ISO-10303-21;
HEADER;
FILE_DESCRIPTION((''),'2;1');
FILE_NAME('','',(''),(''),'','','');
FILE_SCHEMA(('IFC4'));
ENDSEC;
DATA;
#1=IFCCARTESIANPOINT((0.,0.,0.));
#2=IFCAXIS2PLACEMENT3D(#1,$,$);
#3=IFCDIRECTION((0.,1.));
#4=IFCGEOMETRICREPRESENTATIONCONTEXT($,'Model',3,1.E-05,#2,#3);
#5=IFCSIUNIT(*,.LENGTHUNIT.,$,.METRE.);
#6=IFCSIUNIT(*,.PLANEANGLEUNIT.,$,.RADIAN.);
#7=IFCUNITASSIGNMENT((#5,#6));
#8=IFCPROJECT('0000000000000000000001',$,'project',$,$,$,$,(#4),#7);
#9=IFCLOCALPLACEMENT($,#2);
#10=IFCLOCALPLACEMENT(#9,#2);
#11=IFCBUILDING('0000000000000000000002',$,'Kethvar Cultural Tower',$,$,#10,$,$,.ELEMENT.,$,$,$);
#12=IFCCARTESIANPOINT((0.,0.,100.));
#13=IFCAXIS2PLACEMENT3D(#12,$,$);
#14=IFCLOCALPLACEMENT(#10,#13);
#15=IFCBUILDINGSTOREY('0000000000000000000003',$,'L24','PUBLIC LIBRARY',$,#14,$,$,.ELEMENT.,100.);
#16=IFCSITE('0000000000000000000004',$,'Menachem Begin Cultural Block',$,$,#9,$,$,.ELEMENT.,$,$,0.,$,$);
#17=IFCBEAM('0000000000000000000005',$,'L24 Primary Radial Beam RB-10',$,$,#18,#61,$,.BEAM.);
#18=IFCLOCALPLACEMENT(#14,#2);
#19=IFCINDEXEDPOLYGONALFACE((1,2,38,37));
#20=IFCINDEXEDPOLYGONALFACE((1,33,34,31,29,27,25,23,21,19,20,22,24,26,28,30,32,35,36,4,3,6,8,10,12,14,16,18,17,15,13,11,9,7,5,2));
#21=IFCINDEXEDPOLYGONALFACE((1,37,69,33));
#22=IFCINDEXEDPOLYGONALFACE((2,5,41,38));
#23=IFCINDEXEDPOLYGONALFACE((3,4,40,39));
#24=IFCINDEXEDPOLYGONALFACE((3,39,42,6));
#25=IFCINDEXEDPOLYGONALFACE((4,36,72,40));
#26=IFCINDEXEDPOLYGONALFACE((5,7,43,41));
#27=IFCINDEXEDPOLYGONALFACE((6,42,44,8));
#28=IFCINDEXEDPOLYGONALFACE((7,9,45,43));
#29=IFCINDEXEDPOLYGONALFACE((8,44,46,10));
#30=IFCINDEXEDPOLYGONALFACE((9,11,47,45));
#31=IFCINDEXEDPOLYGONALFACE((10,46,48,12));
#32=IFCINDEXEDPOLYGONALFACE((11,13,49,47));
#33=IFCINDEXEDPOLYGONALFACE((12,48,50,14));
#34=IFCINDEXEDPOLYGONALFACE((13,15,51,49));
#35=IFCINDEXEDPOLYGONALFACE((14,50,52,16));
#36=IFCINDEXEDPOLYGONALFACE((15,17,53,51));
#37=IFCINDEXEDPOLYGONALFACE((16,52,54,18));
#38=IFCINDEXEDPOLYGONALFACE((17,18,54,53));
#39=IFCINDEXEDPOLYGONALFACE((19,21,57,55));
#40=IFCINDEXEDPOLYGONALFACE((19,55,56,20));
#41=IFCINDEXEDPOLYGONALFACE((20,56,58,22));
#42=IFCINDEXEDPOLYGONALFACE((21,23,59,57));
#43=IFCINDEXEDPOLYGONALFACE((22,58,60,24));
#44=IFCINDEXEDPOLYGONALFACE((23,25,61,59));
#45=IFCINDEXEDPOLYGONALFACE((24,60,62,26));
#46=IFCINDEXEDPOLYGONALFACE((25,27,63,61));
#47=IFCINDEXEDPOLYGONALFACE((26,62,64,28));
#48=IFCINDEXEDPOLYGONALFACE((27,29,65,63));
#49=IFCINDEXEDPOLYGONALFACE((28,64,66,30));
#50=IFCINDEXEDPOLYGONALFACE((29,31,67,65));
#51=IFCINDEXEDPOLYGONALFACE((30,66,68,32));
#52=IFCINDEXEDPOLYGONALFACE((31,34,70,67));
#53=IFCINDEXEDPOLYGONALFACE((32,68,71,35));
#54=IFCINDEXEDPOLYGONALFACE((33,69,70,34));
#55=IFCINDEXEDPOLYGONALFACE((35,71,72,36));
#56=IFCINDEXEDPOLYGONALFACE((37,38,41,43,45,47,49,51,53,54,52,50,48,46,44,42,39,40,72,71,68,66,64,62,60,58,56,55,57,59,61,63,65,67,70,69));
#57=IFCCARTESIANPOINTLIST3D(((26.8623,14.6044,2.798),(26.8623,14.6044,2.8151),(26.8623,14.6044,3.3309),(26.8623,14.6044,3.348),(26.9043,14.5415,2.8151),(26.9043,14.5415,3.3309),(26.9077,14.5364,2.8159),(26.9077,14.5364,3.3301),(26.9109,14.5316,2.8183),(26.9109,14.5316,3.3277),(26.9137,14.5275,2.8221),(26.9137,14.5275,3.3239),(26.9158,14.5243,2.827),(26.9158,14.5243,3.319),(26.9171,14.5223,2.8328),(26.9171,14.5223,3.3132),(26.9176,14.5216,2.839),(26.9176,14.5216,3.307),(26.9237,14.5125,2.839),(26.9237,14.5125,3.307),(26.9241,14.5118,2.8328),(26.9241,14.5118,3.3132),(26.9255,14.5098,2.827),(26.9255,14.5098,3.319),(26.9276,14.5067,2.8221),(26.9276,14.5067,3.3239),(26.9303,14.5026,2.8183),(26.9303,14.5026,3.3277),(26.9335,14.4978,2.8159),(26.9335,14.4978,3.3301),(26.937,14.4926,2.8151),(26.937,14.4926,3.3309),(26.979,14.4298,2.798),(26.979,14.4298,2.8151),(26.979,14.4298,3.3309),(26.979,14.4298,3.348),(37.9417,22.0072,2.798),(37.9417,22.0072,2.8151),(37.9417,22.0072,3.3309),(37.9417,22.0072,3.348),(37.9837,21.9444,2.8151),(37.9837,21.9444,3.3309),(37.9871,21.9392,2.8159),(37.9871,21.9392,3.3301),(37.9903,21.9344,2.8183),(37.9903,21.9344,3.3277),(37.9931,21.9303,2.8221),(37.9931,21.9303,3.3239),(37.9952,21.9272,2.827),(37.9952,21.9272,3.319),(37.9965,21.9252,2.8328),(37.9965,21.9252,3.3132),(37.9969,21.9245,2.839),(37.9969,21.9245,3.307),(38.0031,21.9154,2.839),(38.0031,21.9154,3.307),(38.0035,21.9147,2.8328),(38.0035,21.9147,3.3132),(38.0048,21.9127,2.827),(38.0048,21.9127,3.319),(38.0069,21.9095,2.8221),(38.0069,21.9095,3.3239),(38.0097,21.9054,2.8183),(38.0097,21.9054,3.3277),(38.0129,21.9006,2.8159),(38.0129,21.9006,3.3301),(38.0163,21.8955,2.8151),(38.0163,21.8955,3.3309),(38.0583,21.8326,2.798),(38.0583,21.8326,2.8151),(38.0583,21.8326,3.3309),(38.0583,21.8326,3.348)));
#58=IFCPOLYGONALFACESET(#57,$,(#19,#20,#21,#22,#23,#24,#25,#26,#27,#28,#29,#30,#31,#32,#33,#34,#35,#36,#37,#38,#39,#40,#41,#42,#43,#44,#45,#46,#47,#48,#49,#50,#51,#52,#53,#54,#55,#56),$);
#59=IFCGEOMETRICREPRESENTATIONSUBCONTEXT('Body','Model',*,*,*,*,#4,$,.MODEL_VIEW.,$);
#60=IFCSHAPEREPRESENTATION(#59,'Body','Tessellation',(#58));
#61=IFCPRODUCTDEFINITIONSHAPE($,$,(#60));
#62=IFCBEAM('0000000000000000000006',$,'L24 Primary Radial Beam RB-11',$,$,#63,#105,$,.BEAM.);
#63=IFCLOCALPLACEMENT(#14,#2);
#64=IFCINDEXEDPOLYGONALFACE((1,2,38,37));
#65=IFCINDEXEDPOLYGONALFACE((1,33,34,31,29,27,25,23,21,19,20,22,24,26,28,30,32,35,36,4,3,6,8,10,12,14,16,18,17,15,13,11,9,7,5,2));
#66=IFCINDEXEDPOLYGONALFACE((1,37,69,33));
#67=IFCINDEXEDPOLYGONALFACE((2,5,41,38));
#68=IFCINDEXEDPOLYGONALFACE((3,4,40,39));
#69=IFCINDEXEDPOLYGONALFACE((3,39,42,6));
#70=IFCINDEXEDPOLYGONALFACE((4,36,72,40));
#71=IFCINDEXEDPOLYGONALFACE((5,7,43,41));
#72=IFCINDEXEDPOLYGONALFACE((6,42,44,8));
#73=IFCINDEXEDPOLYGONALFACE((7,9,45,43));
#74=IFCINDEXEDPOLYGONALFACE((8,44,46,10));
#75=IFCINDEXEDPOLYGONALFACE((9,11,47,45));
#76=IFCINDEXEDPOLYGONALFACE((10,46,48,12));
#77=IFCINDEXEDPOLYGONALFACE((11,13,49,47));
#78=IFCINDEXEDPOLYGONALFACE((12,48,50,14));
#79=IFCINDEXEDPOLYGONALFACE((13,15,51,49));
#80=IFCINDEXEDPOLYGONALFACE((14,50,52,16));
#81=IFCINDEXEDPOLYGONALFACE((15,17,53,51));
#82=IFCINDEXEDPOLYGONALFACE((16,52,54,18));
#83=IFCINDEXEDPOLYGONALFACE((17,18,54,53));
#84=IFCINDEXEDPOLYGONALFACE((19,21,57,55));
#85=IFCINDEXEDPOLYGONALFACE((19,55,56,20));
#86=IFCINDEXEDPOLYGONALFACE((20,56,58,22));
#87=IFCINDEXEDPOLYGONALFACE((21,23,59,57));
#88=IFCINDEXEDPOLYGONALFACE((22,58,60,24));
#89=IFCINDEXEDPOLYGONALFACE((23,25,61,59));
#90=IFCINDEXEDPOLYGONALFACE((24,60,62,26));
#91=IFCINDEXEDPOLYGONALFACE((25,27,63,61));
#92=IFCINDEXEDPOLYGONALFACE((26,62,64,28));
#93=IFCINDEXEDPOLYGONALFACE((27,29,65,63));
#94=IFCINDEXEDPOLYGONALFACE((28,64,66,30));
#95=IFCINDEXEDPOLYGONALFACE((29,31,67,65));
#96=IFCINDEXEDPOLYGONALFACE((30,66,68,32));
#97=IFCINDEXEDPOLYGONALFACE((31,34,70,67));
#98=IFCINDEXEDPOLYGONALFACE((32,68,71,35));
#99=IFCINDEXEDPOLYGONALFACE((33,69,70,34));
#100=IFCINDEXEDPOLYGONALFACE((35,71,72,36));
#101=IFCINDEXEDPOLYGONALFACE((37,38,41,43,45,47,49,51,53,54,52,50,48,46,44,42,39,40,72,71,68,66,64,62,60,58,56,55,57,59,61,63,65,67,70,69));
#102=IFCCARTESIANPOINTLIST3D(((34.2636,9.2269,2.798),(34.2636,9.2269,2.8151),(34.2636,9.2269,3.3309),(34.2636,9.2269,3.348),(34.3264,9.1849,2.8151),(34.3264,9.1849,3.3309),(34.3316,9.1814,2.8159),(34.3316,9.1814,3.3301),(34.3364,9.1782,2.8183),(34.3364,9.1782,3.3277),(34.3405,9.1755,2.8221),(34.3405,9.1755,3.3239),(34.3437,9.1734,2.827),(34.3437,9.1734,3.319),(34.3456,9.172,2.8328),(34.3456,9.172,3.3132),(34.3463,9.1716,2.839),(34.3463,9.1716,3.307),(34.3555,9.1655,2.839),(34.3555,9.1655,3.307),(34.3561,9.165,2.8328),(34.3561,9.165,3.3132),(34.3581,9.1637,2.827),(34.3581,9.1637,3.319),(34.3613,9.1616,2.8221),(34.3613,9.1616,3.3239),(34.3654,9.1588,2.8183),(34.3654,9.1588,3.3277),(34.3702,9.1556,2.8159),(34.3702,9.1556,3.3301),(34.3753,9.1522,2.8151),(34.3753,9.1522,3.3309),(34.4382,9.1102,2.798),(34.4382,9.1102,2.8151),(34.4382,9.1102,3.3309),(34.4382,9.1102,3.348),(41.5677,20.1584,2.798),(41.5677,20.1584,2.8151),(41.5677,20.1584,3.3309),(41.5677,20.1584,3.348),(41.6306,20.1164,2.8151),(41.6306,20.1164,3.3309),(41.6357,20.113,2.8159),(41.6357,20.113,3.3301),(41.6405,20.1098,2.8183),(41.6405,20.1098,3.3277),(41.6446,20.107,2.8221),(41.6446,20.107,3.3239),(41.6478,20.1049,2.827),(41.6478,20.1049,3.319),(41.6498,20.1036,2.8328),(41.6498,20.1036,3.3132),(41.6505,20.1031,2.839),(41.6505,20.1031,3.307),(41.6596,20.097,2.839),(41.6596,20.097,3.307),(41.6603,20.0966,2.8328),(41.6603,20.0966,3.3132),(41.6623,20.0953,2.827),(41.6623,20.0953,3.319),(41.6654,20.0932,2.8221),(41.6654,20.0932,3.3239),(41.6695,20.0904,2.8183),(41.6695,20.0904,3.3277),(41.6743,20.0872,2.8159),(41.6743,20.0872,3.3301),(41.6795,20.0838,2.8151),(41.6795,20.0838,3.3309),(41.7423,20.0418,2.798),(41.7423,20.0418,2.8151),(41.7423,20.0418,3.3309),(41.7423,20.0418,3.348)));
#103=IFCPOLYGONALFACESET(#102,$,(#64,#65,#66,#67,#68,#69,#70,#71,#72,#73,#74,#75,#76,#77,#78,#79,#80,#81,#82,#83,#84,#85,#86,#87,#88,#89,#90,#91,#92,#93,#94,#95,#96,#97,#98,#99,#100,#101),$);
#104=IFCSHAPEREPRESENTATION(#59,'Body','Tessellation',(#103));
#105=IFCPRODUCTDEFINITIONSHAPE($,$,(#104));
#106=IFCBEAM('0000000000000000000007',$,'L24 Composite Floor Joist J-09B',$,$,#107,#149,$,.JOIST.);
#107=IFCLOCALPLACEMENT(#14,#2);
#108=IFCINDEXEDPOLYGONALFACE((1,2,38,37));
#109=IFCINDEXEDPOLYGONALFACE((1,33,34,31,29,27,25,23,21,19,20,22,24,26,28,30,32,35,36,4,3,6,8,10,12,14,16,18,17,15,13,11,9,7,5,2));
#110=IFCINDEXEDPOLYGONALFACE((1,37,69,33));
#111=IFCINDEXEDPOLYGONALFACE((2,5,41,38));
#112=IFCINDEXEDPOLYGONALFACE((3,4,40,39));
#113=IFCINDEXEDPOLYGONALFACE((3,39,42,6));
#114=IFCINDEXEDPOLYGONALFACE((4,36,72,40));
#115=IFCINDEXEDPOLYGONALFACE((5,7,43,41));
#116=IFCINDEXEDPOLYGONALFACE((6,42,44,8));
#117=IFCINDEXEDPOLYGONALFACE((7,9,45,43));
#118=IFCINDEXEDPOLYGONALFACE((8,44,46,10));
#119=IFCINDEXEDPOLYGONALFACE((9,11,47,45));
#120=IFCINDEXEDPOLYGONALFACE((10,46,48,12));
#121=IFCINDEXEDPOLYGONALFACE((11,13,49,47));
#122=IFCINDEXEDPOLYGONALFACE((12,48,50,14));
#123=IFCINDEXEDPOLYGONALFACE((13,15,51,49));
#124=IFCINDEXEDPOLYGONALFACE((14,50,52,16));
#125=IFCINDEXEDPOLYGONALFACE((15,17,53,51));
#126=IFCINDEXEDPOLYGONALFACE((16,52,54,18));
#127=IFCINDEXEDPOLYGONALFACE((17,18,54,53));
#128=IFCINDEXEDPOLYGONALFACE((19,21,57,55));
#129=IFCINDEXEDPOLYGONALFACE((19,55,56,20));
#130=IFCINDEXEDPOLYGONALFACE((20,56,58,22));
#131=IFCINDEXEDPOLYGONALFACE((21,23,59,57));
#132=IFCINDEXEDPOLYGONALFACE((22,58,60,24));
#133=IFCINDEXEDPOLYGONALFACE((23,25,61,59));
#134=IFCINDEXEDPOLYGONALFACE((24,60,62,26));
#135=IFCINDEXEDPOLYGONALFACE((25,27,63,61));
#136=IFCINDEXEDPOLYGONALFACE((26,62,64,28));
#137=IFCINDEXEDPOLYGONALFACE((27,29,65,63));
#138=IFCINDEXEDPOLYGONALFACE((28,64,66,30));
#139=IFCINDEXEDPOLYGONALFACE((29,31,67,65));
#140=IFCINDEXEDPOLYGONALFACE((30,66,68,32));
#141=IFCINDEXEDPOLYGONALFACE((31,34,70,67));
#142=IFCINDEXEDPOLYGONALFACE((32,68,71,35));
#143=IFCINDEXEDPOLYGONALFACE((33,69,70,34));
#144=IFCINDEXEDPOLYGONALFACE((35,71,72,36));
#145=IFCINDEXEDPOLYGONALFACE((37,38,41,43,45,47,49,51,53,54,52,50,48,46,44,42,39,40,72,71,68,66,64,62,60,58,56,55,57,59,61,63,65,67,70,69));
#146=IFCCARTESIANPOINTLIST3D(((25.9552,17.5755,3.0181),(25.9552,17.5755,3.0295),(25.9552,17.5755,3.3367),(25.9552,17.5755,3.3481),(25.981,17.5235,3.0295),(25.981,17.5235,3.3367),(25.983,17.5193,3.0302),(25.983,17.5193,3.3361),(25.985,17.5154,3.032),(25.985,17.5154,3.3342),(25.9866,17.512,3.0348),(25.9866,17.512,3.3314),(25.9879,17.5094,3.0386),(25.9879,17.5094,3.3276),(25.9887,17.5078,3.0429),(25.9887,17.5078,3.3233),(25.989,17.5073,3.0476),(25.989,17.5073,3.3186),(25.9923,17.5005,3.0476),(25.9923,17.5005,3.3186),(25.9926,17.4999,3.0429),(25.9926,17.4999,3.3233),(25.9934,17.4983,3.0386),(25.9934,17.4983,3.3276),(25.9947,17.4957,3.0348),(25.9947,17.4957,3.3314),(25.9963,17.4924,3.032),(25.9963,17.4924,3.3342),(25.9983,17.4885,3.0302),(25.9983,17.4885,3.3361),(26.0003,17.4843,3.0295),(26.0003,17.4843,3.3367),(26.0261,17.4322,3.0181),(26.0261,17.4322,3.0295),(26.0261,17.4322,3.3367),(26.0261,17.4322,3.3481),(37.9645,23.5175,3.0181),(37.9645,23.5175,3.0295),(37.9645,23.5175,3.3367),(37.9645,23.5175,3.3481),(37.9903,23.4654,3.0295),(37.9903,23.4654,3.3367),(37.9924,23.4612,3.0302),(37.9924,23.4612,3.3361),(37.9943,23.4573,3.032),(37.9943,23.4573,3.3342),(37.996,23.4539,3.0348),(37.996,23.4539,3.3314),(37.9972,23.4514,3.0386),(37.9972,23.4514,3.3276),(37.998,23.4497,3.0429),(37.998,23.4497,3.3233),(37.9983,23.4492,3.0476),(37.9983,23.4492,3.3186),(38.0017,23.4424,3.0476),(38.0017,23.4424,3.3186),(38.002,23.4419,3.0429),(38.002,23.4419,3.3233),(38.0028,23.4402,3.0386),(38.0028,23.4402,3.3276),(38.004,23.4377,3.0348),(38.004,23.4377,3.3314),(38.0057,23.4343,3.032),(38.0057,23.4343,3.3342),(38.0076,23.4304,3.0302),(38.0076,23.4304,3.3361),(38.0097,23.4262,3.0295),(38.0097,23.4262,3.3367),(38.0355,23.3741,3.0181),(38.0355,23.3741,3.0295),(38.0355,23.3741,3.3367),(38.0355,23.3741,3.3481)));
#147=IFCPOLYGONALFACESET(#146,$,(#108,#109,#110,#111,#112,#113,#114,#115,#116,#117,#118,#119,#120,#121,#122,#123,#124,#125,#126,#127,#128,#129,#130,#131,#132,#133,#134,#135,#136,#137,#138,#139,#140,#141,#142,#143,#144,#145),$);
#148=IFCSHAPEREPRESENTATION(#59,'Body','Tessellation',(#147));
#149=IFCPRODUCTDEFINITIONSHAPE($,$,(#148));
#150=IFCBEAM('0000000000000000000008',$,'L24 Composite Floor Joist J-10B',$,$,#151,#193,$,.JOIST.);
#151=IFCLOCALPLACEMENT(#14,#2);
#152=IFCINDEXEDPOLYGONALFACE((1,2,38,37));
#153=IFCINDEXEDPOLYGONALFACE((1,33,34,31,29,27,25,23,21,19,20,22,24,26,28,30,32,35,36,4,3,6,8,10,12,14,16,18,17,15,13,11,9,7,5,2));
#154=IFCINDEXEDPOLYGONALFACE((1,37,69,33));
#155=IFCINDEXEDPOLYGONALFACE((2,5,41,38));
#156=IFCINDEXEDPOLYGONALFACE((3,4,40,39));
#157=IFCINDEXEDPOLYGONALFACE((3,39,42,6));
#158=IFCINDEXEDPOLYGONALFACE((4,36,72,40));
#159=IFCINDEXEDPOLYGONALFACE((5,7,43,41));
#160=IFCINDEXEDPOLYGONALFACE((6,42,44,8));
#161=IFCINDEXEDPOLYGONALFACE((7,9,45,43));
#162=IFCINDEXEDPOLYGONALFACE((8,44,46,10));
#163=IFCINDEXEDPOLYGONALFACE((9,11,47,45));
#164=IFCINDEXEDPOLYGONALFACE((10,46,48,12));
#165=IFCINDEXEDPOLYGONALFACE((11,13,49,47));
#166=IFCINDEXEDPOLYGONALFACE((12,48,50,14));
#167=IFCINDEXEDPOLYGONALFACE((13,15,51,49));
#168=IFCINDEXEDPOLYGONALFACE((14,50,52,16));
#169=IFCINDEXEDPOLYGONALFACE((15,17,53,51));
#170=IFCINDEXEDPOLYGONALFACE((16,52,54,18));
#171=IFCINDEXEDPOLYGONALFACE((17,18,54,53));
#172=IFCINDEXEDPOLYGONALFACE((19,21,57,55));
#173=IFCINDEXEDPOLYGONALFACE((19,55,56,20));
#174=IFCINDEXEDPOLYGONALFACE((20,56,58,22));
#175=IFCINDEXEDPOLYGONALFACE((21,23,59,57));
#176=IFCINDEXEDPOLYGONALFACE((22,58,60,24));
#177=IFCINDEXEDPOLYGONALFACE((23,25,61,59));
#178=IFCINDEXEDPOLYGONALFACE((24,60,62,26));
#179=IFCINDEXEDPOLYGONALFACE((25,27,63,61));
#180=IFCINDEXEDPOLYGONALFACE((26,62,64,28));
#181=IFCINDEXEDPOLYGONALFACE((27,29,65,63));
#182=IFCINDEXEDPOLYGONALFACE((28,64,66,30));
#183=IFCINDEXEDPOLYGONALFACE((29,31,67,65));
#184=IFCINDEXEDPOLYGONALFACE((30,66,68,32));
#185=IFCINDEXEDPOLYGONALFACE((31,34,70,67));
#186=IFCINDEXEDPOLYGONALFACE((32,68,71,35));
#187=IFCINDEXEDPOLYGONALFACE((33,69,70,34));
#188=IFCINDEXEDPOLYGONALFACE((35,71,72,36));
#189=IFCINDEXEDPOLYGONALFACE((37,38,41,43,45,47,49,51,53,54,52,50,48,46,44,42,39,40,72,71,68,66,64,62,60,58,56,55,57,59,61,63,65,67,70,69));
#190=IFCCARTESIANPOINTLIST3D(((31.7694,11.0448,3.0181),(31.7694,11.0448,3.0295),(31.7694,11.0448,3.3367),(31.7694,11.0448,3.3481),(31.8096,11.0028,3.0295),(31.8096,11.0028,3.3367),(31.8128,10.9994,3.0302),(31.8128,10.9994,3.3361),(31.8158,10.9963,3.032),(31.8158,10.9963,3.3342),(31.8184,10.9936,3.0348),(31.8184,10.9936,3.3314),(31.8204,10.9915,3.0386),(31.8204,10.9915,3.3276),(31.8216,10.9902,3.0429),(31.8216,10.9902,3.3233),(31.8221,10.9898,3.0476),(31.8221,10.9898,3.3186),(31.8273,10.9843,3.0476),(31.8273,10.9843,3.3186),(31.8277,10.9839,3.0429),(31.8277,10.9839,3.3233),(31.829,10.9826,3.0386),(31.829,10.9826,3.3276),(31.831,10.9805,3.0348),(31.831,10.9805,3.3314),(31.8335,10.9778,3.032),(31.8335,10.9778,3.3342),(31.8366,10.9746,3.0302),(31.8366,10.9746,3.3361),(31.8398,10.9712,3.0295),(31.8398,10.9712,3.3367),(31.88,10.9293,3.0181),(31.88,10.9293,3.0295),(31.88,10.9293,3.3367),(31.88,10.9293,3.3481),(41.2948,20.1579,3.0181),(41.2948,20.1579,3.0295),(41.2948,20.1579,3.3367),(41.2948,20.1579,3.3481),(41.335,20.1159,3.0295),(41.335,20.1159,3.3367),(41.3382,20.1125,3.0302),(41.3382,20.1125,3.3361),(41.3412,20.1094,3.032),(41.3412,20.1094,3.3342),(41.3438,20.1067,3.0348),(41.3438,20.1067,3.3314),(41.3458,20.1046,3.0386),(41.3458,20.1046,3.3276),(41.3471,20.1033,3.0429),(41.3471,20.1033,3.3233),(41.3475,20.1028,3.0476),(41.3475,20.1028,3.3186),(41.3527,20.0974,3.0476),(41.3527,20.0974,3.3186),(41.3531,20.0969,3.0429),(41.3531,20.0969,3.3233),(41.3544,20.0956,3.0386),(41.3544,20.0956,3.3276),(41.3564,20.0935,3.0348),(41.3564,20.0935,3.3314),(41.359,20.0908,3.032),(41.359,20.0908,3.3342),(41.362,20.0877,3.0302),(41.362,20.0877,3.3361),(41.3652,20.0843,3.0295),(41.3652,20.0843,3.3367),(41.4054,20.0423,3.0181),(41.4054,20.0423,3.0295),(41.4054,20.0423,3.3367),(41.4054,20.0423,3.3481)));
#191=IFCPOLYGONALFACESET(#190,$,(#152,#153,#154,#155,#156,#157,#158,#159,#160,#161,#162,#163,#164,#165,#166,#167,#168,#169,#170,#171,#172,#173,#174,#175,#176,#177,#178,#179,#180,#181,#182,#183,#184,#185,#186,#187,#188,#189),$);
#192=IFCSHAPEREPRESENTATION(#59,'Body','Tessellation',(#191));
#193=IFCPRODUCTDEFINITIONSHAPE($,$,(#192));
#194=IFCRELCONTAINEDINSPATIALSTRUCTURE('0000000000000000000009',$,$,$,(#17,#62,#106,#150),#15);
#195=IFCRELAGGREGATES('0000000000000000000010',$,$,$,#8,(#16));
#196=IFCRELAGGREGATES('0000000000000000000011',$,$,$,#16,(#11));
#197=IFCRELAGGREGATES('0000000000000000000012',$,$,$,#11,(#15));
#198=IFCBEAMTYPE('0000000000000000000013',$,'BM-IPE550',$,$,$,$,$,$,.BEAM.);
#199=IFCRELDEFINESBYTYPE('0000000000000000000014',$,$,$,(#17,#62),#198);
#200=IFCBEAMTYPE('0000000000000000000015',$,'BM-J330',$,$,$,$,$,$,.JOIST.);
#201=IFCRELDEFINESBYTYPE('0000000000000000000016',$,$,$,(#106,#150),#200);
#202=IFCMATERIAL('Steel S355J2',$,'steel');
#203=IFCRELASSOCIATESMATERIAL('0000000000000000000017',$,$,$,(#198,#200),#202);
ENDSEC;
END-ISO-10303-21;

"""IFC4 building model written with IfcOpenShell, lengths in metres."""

from ifc_helpers import new_model, si_unit, direction, frame, origin, origin_2d, place, context, subcontext, project, spatial, i_section, extrude, source, transform, mapped, material, material_profile, profile_set, type_object, element, save


model = new_model("IFC4")

# Units and contexts
model_context = context("Model", 3, precision=1e-05, world=origin(), true_north=direction((0.0, 1.0)))
body_context = subcontext(model_context, "Body", "Model", "MODEL_VIEW")
ifc_project = project(units=[si_unit("LENGTHUNIT", "METRE"), si_unit("PLANEANGLEUNIT", "RADIAN")], contexts=[model_context])

# Site, building, storey
site_placement = place(None, origin())
site = spatial("IfcSite", under=ifc_project, at=site_placement, Name="Menachem Begin Cultural Block", CompositionType="ELEMENT", RefElevation=0.0)
building_placement = place(site_placement, origin())
building = spatial("IfcBuilding", under=site, at=building_placement, Name="Kethvar Cultural Tower", CompositionType="ELEMENT")
storey_placement = place(building_placement, frame((0.0, 0.0, 100.0)))
storey = spatial("IfcBuildingStorey", under=building, at=storey_placement, Name="L24", Description="PUBLIC LIBRARY", CompositionType="ELEMENT", Elevation=100.0)

# Beams
ifc_material_1 = material(Name="Steel S355J2", Category="steel")
ifc_material_profile_1 = material_profile(ifc_material_1, i_section(OverallWidth=0.21, OverallDepth=0.55, WebThickness=0.011, FlangeThickness=0.0171, FilletRadius=0.0239, at=origin_2d()), Name="Steel S355J2 — IPE550")
ifc_profile_set_1 = profile_set([ifc_material_profile_1], Name="Steel S355J2 — IPE550")
beam_type_1 = type_object("IfcBeamType", Name="BM-IPE550", PredefinedType="BEAM", material=ifc_profile_set_1)
shared_shape_1 = source(origin(), body_context, "Body", "SweptSolid", [
    extrude(i_section(OverallWidth=0.21, OverallDepth=0.55, WebThickness=0.011, FlangeThickness=0.0171, FilletRadius=0.0239, at=origin_2d()), origin(), (0.0, 0.0, 1.0), 13.325),
])
beam_1_placement = place(storey_placement, frame((38.0, 21.9199, 3.073), z_axis=(-0.831475, -0.555562, 0.0), x_axis=(0.555562, -0.831475, 0.0)))
element("IfcBeam", 1, at=beam_1_placement, inside=storey, type_object=beam_type_1, Name="L24 Primary Radial Beam RB-10", PredefinedType="BEAM", context=body_context, shape_type="MappedRepresentation", body=[
    mapped(shared_shape_1, transform((0.0, 0.0, 0.0), scale=1.0)),
])
shared_shape_2 = source(origin(), body_context, "Body", "SweptSolid", [
    extrude(i_section(OverallWidth=0.21, OverallDepth=0.55, WebThickness=0.011, FlangeThickness=0.0171, FilletRadius=0.0239, at=origin_2d()), origin(), (0.0, 0.0, 1.0), 13.1472),
])
beam_2_placement = place(storey_placement, frame((41.655, 20.1001, 3.073), z_axis=(-0.555566, -0.831473, 0.0), x_axis=(0.831473, -0.555566, 0.0)))
element("IfcBeam", 2, at=beam_2_placement, inside=storey, type_object=beam_type_1, Name="L24 Primary Radial Beam RB-11", PredefinedType="BEAM", context=body_context, shape_type="MappedRepresentation", body=[
    mapped(shared_shape_2, transform((0.0, 0.0, 0.0), scale=1.0)),
])
ifc_material_profile_2 = material_profile(ifc_material_1, i_section(OverallWidth=0.1599, OverallDepth=0.3301, WebThickness=0.0076, FlangeThickness=0.0115, FilletRadius=0.0181, at=origin_2d()), Name="Steel S355J2 — IPE330")
ifc_profile_set_2 = profile_set([ifc_material_profile_2], Name="Steel S355J2 — IPE330")
beam_type_2 = type_object("IfcBeamType", Name="BM-J330", PredefinedType="JOIST", material=ifc_profile_set_2)
shared_shape_3 = source(origin(), body_context, "Body", "SweptSolid", [
    extrude(i_section(OverallWidth=0.1599, OverallDepth=0.3301, WebThickness=0.0076, FlangeThickness=0.0115, FilletRadius=0.0181, at=origin_2d()), origin(), (0.0, 0.0, 1.0), 13.3989),
])
beam_3_placement = place(storey_placement, frame((38.0, 23.4458, 3.1831), z_axis=(-0.896292, -0.443463, 0.0), x_axis=(0.443463, -0.896292, 0.0)))
element("IfcBeam", 3, at=beam_3_placement, inside=storey, type_object=beam_type_2, Name="L24 Composite Floor Joist J-09B", PredefinedType="JOIST", context=body_context, shape_type="MappedRepresentation", body=[
    mapped(shared_shape_3, transform((0.0, 0.0, 0.0), scale=1.0)),
])
shared_shape_4 = source(origin(), body_context, "Body", "SweptSolid", [
    extrude(i_section(OverallWidth=0.1599, OverallDepth=0.3301, WebThickness=0.0076, FlangeThickness=0.0115, FilletRadius=0.0181, at=origin_2d()), origin(), (0.0, 0.0, 1.0), 13.1826),
])
beam_4_placement = place(storey_placement, frame((41.3501, 20.1001, 3.1831), z_axis=(-0.722574, -0.691294, 0.0), x_axis=(0.691294, -0.722574, 0.0)))
element("IfcBeam", 4, at=beam_4_placement, inside=storey, type_object=beam_type_2, Name="L24 Composite Floor Joist J-10B", PredefinedType="JOIST", context=body_context, shape_type="MappedRepresentation", body=[
    mapped(shared_shape_4, transform((0.0, 0.0, 0.0), scale=1.0)),
])

save(model, "model.ifc")
